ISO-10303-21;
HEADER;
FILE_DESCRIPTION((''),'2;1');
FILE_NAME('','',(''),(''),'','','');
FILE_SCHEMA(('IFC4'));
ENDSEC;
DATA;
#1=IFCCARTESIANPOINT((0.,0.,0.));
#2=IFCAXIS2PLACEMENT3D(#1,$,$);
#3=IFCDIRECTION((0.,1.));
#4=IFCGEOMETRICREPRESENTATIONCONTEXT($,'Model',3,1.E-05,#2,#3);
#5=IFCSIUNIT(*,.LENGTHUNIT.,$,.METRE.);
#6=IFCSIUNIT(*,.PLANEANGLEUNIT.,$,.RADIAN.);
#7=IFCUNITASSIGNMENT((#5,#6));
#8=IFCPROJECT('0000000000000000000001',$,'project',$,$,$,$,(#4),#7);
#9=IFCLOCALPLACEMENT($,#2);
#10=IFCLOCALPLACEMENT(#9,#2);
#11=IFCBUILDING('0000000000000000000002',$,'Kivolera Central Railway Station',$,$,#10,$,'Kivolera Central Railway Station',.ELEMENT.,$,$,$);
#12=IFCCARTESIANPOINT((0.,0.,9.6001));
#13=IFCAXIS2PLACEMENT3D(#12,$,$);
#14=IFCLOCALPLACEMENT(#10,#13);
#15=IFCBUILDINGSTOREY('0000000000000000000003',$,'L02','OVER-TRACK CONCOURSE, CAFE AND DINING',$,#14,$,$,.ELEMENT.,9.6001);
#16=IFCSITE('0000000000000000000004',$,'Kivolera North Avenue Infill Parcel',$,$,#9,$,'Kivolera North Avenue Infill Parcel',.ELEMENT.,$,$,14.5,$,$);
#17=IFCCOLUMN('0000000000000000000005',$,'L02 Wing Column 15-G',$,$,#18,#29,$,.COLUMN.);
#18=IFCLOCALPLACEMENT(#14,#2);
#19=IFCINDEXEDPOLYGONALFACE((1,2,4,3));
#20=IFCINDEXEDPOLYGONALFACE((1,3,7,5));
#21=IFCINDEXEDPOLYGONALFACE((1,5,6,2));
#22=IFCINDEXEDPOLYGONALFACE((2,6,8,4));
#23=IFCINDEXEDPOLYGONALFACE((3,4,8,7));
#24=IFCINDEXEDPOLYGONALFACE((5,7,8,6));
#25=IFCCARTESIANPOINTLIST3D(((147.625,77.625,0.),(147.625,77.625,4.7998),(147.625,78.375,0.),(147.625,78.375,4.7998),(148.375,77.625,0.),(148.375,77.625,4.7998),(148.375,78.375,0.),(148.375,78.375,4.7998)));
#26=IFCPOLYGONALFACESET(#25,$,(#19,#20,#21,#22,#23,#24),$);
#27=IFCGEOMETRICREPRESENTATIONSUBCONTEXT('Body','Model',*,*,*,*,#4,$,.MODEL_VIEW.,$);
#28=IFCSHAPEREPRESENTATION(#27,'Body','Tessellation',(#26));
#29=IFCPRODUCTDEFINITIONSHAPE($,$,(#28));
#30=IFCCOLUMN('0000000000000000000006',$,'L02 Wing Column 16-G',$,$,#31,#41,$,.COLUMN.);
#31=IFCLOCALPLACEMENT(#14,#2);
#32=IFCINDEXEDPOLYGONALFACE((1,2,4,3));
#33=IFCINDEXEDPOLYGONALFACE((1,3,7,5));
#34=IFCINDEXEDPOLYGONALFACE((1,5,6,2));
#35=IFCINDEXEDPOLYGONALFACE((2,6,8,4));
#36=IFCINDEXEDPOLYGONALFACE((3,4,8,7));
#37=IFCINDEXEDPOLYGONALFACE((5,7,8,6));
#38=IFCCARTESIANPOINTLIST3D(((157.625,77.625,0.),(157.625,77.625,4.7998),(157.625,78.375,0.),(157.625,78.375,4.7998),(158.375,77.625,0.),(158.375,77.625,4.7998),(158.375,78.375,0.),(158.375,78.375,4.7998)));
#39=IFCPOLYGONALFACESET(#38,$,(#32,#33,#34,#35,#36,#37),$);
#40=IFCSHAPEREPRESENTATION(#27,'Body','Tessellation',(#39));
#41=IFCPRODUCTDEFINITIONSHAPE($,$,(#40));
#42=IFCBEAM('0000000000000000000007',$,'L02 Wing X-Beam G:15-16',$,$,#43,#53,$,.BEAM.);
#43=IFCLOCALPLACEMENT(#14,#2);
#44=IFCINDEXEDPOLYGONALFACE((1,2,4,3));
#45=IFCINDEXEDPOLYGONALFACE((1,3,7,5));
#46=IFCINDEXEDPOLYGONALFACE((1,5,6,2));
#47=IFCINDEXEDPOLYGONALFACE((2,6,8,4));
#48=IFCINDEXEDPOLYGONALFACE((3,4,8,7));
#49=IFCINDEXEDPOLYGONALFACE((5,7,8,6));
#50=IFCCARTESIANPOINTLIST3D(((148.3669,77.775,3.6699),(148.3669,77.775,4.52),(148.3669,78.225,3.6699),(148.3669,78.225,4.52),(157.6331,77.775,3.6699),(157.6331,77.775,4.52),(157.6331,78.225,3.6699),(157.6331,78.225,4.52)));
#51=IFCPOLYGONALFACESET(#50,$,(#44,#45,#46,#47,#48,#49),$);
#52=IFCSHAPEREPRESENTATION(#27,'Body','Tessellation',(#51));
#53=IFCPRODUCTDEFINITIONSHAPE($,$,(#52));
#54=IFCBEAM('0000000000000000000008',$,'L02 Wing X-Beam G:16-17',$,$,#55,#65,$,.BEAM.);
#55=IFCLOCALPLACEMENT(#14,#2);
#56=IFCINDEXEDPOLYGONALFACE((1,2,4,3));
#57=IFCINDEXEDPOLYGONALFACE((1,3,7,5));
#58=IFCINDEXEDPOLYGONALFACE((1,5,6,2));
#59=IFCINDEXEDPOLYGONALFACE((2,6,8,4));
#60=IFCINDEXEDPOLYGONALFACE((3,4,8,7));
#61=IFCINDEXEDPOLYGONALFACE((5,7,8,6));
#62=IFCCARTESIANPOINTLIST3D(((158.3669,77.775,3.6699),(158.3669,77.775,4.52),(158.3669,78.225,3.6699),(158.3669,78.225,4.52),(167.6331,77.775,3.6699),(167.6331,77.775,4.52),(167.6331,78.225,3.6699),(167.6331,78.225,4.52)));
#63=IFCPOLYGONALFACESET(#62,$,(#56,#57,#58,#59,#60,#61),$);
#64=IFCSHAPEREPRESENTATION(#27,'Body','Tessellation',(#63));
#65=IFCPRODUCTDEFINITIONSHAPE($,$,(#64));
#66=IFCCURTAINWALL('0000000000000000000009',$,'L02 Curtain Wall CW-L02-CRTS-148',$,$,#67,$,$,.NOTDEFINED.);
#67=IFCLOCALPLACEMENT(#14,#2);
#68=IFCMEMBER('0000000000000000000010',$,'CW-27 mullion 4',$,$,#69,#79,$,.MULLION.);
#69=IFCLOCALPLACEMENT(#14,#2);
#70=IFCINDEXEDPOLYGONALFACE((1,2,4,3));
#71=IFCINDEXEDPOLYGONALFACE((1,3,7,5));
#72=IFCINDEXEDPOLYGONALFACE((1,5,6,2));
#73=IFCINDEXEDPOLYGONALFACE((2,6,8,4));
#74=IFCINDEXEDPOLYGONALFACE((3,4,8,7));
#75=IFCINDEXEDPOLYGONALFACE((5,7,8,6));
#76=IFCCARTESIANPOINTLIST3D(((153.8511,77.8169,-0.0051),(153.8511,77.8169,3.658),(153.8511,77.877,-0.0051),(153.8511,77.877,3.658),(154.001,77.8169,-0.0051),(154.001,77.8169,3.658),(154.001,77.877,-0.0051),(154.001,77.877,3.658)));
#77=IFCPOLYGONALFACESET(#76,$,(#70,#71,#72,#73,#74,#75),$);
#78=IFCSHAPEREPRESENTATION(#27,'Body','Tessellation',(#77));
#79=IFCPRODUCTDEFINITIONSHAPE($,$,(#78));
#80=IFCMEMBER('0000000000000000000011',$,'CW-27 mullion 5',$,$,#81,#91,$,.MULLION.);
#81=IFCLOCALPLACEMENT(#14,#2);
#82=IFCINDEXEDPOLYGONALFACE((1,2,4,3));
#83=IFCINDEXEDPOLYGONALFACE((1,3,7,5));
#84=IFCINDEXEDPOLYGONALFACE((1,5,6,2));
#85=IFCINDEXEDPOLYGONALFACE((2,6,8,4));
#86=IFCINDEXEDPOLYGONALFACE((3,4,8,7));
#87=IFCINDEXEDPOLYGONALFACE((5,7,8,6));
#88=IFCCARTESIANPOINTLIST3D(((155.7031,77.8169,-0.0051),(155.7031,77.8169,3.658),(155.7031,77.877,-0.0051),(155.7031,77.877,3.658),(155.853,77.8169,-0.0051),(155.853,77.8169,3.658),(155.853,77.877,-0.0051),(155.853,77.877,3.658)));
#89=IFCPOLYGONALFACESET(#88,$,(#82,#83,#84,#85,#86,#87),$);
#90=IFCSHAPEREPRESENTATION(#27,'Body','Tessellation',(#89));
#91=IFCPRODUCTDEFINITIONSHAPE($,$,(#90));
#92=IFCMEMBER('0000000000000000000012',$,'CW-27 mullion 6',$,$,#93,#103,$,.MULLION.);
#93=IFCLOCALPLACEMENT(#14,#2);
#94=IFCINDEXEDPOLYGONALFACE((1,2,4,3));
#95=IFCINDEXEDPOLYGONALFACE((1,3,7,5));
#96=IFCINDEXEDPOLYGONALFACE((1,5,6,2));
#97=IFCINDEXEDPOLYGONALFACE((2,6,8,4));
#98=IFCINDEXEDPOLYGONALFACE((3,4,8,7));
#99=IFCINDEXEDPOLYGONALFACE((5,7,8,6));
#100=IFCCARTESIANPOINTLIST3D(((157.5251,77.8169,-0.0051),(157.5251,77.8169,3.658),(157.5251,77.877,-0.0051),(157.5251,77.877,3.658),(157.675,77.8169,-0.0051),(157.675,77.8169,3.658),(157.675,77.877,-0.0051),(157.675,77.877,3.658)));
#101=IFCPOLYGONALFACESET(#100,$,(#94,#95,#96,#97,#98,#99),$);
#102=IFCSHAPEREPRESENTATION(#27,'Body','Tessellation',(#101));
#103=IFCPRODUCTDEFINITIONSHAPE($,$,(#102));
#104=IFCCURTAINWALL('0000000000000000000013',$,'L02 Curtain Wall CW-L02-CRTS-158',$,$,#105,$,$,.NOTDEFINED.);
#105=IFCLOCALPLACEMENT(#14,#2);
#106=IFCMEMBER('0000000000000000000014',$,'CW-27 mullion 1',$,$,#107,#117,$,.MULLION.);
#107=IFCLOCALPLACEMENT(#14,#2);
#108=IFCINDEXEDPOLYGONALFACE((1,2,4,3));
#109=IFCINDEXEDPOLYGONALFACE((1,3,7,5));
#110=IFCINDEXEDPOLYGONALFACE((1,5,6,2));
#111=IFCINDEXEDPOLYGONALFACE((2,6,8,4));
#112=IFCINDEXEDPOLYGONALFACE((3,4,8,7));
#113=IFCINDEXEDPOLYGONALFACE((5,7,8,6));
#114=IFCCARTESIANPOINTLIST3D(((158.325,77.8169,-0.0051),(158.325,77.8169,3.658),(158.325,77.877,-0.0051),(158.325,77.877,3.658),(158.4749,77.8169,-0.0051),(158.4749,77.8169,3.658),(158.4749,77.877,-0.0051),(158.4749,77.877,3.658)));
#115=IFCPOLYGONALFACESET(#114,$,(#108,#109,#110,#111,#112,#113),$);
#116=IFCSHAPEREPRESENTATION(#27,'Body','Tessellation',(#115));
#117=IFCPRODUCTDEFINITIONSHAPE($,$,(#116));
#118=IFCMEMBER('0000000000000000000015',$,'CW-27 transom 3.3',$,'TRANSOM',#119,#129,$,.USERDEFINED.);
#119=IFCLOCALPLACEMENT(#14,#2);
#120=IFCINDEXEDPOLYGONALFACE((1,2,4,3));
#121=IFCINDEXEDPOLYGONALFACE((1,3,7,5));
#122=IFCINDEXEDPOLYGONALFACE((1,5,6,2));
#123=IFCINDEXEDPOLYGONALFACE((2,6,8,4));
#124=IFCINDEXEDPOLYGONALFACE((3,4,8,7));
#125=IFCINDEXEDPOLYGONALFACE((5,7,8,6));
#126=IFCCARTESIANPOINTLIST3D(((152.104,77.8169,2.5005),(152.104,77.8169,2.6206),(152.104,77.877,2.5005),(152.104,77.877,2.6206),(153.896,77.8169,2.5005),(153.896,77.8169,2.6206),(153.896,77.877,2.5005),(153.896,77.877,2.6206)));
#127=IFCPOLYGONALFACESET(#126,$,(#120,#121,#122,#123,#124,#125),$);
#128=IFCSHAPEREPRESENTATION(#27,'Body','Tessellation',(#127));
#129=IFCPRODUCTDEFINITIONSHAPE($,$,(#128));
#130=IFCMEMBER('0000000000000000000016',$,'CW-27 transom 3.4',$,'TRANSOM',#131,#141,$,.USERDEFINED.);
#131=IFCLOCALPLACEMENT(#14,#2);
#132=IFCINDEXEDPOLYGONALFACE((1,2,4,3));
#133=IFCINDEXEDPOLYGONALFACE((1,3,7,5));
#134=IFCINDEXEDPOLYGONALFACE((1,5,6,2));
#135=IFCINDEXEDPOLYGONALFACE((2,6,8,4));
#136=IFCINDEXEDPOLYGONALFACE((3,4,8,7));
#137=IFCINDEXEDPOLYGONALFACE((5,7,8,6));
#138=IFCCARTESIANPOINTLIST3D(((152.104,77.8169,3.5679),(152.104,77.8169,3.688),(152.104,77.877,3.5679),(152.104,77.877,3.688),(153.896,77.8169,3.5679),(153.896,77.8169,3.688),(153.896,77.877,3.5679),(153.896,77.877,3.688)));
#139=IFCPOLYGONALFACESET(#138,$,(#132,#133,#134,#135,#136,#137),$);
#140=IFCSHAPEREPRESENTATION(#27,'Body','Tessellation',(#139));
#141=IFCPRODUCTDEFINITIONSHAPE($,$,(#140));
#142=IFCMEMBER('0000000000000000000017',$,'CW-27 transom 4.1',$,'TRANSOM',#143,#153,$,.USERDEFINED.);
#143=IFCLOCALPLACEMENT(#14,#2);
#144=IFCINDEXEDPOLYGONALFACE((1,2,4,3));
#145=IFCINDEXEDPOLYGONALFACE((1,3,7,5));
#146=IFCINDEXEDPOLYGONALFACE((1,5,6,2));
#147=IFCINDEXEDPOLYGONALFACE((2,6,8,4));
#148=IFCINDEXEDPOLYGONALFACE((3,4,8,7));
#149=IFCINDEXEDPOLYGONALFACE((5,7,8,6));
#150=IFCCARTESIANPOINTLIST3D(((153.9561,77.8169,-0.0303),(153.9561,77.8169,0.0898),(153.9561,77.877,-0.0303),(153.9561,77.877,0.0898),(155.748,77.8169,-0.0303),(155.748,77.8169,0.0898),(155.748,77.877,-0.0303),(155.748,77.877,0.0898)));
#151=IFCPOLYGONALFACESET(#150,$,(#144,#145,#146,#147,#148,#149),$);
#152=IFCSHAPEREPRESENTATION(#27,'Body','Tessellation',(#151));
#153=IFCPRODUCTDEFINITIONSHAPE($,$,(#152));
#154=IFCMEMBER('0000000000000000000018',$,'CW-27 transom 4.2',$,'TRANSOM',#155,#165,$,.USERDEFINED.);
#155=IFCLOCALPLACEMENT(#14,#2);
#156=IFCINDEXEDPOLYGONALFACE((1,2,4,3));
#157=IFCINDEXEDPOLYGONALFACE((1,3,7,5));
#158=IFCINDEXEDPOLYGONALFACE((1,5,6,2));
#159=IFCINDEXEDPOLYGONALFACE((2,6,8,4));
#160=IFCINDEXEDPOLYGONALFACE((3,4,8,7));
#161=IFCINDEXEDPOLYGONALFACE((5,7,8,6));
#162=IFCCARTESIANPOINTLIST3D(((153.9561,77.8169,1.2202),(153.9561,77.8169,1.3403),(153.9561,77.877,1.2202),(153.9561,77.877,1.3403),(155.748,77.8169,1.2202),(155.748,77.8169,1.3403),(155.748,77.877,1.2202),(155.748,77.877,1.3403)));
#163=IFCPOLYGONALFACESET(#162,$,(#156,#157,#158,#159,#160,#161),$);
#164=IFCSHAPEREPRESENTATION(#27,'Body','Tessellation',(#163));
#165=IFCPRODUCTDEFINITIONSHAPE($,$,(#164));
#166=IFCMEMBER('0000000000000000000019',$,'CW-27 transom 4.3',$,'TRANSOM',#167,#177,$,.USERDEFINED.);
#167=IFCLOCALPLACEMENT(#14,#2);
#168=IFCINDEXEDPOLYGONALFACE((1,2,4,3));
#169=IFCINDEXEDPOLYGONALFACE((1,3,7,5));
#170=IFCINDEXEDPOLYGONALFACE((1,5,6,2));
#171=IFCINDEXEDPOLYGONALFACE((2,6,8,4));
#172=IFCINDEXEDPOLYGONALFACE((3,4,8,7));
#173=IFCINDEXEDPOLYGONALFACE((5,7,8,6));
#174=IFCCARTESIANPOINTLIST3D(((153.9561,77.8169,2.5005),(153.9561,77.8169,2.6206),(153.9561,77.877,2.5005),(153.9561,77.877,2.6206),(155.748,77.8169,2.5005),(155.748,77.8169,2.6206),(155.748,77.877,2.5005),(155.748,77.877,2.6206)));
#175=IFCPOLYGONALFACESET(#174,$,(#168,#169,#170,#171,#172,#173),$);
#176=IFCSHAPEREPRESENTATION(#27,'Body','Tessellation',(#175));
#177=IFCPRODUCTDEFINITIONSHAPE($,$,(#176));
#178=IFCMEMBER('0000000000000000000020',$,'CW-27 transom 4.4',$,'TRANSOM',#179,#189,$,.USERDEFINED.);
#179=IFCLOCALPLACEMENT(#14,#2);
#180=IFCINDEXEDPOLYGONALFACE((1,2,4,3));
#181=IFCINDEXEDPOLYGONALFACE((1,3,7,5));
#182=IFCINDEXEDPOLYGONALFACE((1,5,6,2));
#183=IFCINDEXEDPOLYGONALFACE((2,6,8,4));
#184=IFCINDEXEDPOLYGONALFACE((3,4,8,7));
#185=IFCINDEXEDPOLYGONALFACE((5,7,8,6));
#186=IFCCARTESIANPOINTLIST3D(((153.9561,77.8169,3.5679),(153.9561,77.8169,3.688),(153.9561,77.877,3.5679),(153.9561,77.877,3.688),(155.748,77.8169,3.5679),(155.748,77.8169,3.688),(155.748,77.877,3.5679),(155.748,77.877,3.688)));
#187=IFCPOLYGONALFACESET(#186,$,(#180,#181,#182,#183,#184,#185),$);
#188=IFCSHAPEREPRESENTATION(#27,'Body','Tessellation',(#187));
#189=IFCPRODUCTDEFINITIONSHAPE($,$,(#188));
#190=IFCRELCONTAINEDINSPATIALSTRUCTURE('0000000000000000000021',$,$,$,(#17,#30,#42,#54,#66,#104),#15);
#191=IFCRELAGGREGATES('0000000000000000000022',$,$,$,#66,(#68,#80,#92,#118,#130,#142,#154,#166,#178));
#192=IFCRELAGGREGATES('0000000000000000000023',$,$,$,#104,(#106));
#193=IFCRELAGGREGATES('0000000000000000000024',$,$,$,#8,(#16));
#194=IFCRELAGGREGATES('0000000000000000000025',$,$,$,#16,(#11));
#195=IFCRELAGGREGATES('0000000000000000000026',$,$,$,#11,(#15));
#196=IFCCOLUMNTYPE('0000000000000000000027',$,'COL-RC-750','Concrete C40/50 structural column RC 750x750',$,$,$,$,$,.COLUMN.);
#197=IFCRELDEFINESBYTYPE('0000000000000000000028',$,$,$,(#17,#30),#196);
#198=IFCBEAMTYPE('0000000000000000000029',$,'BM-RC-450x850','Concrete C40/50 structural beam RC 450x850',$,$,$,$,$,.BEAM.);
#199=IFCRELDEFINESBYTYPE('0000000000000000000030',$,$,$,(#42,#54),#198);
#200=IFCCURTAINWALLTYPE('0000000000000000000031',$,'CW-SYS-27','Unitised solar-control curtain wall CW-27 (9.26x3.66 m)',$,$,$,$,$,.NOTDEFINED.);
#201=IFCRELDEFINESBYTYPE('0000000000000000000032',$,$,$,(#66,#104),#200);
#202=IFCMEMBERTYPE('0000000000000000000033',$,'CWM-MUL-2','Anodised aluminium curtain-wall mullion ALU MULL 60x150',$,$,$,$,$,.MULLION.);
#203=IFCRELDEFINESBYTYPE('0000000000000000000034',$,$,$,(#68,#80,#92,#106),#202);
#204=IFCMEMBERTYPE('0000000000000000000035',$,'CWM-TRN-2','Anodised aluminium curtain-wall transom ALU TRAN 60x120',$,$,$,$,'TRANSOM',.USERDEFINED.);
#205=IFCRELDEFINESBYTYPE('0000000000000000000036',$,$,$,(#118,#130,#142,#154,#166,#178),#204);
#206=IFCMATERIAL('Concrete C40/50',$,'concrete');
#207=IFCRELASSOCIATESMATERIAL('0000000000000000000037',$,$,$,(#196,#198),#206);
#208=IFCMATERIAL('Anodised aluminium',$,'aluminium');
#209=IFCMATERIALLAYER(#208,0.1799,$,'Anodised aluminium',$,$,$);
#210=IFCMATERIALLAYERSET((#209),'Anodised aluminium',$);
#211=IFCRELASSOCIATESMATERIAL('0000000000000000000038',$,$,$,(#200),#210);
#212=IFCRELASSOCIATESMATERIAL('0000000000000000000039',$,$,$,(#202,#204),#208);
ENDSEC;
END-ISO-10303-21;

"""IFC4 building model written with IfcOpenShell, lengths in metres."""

from ifc_helpers import new_model, si_unit, direction, frame, origin, origin_2d, place, context, subcontext, project, spatial, rectangle, extrude, material, layer, layer_set, material_profile, profile_set, type_object, element, aggregate, save


model = new_model("IFC4")

# Units and contexts
model_context = context("Model", 3, precision=1e-05, world=origin(), true_north=direction((0.0, 1.0)))
body_context = subcontext(model_context, "Body", "Model", "MODEL_VIEW")
ifc_project = project(units=[si_unit("LENGTHUNIT", "METRE"), si_unit("PLANEANGLEUNIT", "RADIAN")], contexts=[model_context])

# Site, building, storey
site_placement = place(None, origin())
site = spatial("IfcSite", under=ifc_project, at=site_placement, Name="Kivolera North Avenue Infill Parcel", LongName="Kivolera North Avenue Infill Parcel", CompositionType="ELEMENT", RefElevation=14.5)
building_placement = place(site_placement, origin())
building = spatial("IfcBuilding", under=site, at=building_placement, Name="Kivolera Central Railway Station", LongName="Kivolera Central Railway Station", CompositionType="ELEMENT")
storey_placement = place(building_placement, frame((0.0, 0.0, 9.6001)))
storey = spatial("IfcBuildingStorey", under=building, at=storey_placement, Name="L02", Description="OVER-TRACK CONCOURSE, CAFE AND DINING", CompositionType="ELEMENT", Elevation=9.6001)

# Columns
ifc_material_1 = material(Name="Concrete C40/50", Category="concrete")
ifc_material_profile_1 = material_profile(ifc_material_1, rectangle(XDim=0.75, YDim=0.75, at=origin_2d()), Name="RC 750x750")
ifc_profile_set_1 = profile_set([ifc_material_profile_1], Name="Concrete C40/50")
column_type = type_object("IfcColumnType", Name="COL-RC-750", Description="Concrete C40/50 structural column RC 750x750", PredefinedType="COLUMN", material=ifc_profile_set_1)
for number, where, z_axis, x_axis, name in (
    (1, (148.0, 78.0, 0.0), (0.0, 0.0, 1.0), (1.0, 0.0, 0.0), "L02 Wing Column 15-G"),
    (2, (158.0, 78.0, 0.0), (0.0, 0.0, 1.0), (1.0, 0.0, 0.0), "L02 Wing Column 16-G"),
):
    element("IfcColumn", number, at=place(storey_placement, frame(where, z_axis=z_axis, x_axis=x_axis)), inside=storey, type_object=column_type, Name=name, PredefinedType="COLUMN", context=body_context, shape_type="SweptSolid", body=[
        extrude(rectangle(XDim=0.75, YDim=0.75, at=origin_2d()), origin(), (0.0, 0.0, 1.0), 4.7998),
    ])

# Beams
ifc_material_profile_2 = material_profile(ifc_material_1, rectangle(XDim=0.45, YDim=0.8501, at=origin_2d()), Name="RC 450x850")
ifc_profile_set_2 = profile_set([ifc_material_profile_2], Name="Concrete C40/50")
beam_type = type_object("IfcBeamType", Name="BM-RC-450x850", Description="Concrete C40/50 structural beam RC 450x850", PredefinedType="BEAM", material=ifc_profile_set_2)
for number, where, z_axis, x_axis, name in (
    (3, (148.3669, 78.0, 4.095), (1.0, 0.0, 0.0), (0.0, 1.0, 0.0), "L02 Wing X-Beam G:15-16"),
    (4, (158.3669, 78.0, 4.095), (1.0, 0.0, 0.0), (0.0, 1.0, 0.0), "L02 Wing X-Beam G:16-17"),
):
    element("IfcBeam", number, at=place(storey_placement, frame(where, z_axis=z_axis, x_axis=x_axis)), inside=storey, type_object=beam_type, Name=name, PredefinedType="BEAM", context=body_context, shape_type="SweptSolid", body=[
        extrude(rectangle(XDim=0.45, YDim=0.8501, at=origin_2d()), origin(), (0.0, 0.0, 1.0), 9.2661),
    ])

# Curtain wall, members
ifc_material_2 = material(Name="Anodised aluminium", Category="aluminium")
ifc_layer_1 = layer(ifc_material_2, 0.1799, Name="Anodised aluminium")
ifc_layer_set_1 = layer_set([ifc_layer_1], Name="Anodised aluminium")
curtain_wall_type = type_object("IfcCurtainWallType", Name="CW-SYS-27", Description="Unitised solar-control curtain wall CW-27 (9.26x3.66 m)", PredefinedType="NOTDEFINED", material=ifc_layer_set_1)
curtain_wall_1_placement = place(storey_placement, origin())
curtain_wall_1 = element("IfcCurtainWall", 5, at=curtain_wall_1_placement, inside=storey, type_object=curtain_wall_type, Name="L02 Curtain Wall CW-L02-CRTS-148", PredefinedType="NOTDEFINED")
ifc_material_profile_3 = material_profile(ifc_material_2, rectangle(XDim=0.0601, YDim=0.1499, at=origin_2d()), Name="ALU MULL 60x150")
ifc_profile_set_3 = profile_set([ifc_material_profile_3], Name="Anodised aluminium")
member_type_1 = type_object("IfcMemberType", Name="CWM-MUL-2", Description="Anodised aluminium curtain-wall mullion ALU MULL 60x150", PredefinedType="MULLION", material=ifc_profile_set_3)
member_1_placement = place(storey_placement, frame((153.926, 77.8469, -0.0051), z_axis=(0.0, 0.0, 1.0), x_axis=(0.0, 1.0, 0.0)))
member_1 = element("IfcMember", 6, at=member_1_placement, type_object=member_type_1, Name="CW-27 mullion 4", PredefinedType="MULLION", context=body_context, shape_type="SweptSolid", body=[
    extrude(rectangle(XDim=0.0601, YDim=0.1499, at=origin_2d()), origin(), (0.0, 0.0, 1.0), 3.6631),
])
member_2_placement = place(storey_placement, frame((155.7781, 77.8469, -0.0051), z_axis=(0.0, 0.0, 1.0), x_axis=(0.0, 1.0, 0.0)))
member_2 = element("IfcMember", 7, at=member_2_placement, type_object=member_type_1, Name="CW-27 mullion 5", PredefinedType="MULLION", context=body_context, shape_type="SweptSolid", body=[
    extrude(rectangle(XDim=0.0601, YDim=0.1499, at=origin_2d()), origin(), (0.0, 0.0, 1.0), 3.6631),
])
member_3_placement = place(storey_placement, frame((157.6001, 77.8469, -0.0051), z_axis=(0.0, 0.0, 1.0), x_axis=(0.0, 1.0, 0.0)))
member_3 = element("IfcMember", 8, at=member_3_placement, type_object=member_type_1, Name="CW-27 mullion 6", PredefinedType="MULLION", context=body_context, shape_type="SweptSolid", body=[
    extrude(rectangle(XDim=0.0601, YDim=0.1499, at=origin_2d()), origin(), (0.0, 0.0, 1.0), 3.6631),
])

# Curtain wall, member
curtain_wall_2_placement = place(storey_placement, origin())
curtain_wall_2 = element("IfcCurtainWall", 9, at=curtain_wall_2_placement, inside=storey, type_object=curtain_wall_type, Name="L02 Curtain Wall CW-L02-CRTS-158", PredefinedType="NOTDEFINED")
member_4_placement = place(storey_placement, frame((158.3999, 77.8469, -0.0051), z_axis=(0.0, 0.0, 1.0), x_axis=(0.0, 1.0, 0.0)))
member_4 = element("IfcMember", 10, at=member_4_placement, type_object=member_type_1, Name="CW-27 mullion 1", PredefinedType="MULLION", context=body_context, shape_type="SweptSolid", body=[
    extrude(rectangle(XDim=0.0601, YDim=0.1499, at=origin_2d()), origin(), (0.0, 0.0, 1.0), 3.6631),
])

# Members
ifc_material_profile_4 = material_profile(ifc_material_2, rectangle(XDim=0.0601, YDim=0.1201, at=origin_2d()), Name="ALU TRAN 60x120")
ifc_profile_set_4 = profile_set([ifc_material_profile_4], Name="Anodised aluminium")
member_type_2 = type_object("IfcMemberType", Name="CWM-TRN-2", Description="Anodised aluminium curtain-wall transom ALU TRAN 60x120", ElementType="TRANSOM", PredefinedType="USERDEFINED", material=ifc_profile_set_4)
member_5_placement = place(storey_placement, frame((152.104, 77.8469, 2.5605), z_axis=(1.0, 0.0, 0.0), x_axis=(0.0, 1.0, 0.0)))
member_5 = element("IfcMember", 11, at=member_5_placement, type_object=member_type_2, Name="CW-27 transom 3.3", ObjectType="TRANSOM", PredefinedType="USERDEFINED", context=body_context, shape_type="SweptSolid", body=[
    extrude(rectangle(XDim=0.0601, YDim=0.1201, at=origin_2d()), origin(), (0.0, 0.0, 1.0), 1.792),
])
member_6_placement = place(storey_placement, frame((152.104, 77.8469, 3.6279), z_axis=(1.0, 0.0, 0.0), x_axis=(0.0, 1.0, 0.0)))
member_6 = element("IfcMember", 12, at=member_6_placement, type_object=member_type_2, Name="CW-27 transom 3.4", ObjectType="TRANSOM", PredefinedType="USERDEFINED", context=body_context, shape_type="SweptSolid", body=[
    extrude(rectangle(XDim=0.0601, YDim=0.1201, at=origin_2d()), origin(), (0.0, 0.0, 1.0), 1.792),
])
member_7_placement = place(storey_placement, frame((153.9561, 77.8469, 0.0298), z_axis=(1.0, 0.0, 0.0), x_axis=(0.0, 1.0, 0.0)))
member_7 = element("IfcMember", 13, at=member_7_placement, type_object=member_type_2, Name="CW-27 transom 4.1", ObjectType="TRANSOM", PredefinedType="USERDEFINED", context=body_context, shape_type="SweptSolid", body=[
    extrude(rectangle(XDim=0.0601, YDim=0.1201, at=origin_2d()), origin(), (0.0, 0.0, 1.0), 1.792),
])
member_8_placement = place(storey_placement, frame((153.9561, 77.8469, 1.2803), z_axis=(1.0, 0.0, 0.0), x_axis=(0.0, 1.0, 0.0)))
member_8 = element("IfcMember", 14, at=member_8_placement, type_object=member_type_2, Name="CW-27 transom 4.2", ObjectType="TRANSOM", PredefinedType="USERDEFINED", context=body_context, shape_type="SweptSolid", body=[
    extrude(rectangle(XDim=0.0601, YDim=0.1201, at=origin_2d()), origin(), (0.0, 0.0, 1.0), 1.792),
])
member_9_placement = place(storey_placement, frame((153.9561, 77.8469, 2.5605), z_axis=(1.0, 0.0, 0.0), x_axis=(0.0, 1.0, 0.0)))
member_9 = element("IfcMember", 15, at=member_9_placement, type_object=member_type_2, Name="CW-27 transom 4.3", ObjectType="TRANSOM", PredefinedType="USERDEFINED", context=body_context, shape_type="SweptSolid", body=[
    extrude(rectangle(XDim=0.0601, YDim=0.1201, at=origin_2d()), origin(), (0.0, 0.0, 1.0), 1.792),
])
member_10_placement = place(storey_placement, frame((153.9561, 77.8469, 3.6279), z_axis=(1.0, 0.0, 0.0), x_axis=(0.0, 1.0, 0.0)))
member_10 = element("IfcMember", 16, at=member_10_placement, type_object=member_type_2, Name="CW-27 transom 4.4", ObjectType="TRANSOM", PredefinedType="USERDEFINED", context=body_context, shape_type="SweptSolid", body=[
    extrude(rectangle(XDim=0.0601, YDim=0.1201, at=origin_2d()), origin(), (0.0, 0.0, 1.0), 1.792),
])

aggregate(curtain_wall_1, [member_1, member_2, member_3, member_5, member_6, member_7, member_8, member_9, member_10])
aggregate(curtain_wall_2, [member_4])

save(model, "model.ifc")
